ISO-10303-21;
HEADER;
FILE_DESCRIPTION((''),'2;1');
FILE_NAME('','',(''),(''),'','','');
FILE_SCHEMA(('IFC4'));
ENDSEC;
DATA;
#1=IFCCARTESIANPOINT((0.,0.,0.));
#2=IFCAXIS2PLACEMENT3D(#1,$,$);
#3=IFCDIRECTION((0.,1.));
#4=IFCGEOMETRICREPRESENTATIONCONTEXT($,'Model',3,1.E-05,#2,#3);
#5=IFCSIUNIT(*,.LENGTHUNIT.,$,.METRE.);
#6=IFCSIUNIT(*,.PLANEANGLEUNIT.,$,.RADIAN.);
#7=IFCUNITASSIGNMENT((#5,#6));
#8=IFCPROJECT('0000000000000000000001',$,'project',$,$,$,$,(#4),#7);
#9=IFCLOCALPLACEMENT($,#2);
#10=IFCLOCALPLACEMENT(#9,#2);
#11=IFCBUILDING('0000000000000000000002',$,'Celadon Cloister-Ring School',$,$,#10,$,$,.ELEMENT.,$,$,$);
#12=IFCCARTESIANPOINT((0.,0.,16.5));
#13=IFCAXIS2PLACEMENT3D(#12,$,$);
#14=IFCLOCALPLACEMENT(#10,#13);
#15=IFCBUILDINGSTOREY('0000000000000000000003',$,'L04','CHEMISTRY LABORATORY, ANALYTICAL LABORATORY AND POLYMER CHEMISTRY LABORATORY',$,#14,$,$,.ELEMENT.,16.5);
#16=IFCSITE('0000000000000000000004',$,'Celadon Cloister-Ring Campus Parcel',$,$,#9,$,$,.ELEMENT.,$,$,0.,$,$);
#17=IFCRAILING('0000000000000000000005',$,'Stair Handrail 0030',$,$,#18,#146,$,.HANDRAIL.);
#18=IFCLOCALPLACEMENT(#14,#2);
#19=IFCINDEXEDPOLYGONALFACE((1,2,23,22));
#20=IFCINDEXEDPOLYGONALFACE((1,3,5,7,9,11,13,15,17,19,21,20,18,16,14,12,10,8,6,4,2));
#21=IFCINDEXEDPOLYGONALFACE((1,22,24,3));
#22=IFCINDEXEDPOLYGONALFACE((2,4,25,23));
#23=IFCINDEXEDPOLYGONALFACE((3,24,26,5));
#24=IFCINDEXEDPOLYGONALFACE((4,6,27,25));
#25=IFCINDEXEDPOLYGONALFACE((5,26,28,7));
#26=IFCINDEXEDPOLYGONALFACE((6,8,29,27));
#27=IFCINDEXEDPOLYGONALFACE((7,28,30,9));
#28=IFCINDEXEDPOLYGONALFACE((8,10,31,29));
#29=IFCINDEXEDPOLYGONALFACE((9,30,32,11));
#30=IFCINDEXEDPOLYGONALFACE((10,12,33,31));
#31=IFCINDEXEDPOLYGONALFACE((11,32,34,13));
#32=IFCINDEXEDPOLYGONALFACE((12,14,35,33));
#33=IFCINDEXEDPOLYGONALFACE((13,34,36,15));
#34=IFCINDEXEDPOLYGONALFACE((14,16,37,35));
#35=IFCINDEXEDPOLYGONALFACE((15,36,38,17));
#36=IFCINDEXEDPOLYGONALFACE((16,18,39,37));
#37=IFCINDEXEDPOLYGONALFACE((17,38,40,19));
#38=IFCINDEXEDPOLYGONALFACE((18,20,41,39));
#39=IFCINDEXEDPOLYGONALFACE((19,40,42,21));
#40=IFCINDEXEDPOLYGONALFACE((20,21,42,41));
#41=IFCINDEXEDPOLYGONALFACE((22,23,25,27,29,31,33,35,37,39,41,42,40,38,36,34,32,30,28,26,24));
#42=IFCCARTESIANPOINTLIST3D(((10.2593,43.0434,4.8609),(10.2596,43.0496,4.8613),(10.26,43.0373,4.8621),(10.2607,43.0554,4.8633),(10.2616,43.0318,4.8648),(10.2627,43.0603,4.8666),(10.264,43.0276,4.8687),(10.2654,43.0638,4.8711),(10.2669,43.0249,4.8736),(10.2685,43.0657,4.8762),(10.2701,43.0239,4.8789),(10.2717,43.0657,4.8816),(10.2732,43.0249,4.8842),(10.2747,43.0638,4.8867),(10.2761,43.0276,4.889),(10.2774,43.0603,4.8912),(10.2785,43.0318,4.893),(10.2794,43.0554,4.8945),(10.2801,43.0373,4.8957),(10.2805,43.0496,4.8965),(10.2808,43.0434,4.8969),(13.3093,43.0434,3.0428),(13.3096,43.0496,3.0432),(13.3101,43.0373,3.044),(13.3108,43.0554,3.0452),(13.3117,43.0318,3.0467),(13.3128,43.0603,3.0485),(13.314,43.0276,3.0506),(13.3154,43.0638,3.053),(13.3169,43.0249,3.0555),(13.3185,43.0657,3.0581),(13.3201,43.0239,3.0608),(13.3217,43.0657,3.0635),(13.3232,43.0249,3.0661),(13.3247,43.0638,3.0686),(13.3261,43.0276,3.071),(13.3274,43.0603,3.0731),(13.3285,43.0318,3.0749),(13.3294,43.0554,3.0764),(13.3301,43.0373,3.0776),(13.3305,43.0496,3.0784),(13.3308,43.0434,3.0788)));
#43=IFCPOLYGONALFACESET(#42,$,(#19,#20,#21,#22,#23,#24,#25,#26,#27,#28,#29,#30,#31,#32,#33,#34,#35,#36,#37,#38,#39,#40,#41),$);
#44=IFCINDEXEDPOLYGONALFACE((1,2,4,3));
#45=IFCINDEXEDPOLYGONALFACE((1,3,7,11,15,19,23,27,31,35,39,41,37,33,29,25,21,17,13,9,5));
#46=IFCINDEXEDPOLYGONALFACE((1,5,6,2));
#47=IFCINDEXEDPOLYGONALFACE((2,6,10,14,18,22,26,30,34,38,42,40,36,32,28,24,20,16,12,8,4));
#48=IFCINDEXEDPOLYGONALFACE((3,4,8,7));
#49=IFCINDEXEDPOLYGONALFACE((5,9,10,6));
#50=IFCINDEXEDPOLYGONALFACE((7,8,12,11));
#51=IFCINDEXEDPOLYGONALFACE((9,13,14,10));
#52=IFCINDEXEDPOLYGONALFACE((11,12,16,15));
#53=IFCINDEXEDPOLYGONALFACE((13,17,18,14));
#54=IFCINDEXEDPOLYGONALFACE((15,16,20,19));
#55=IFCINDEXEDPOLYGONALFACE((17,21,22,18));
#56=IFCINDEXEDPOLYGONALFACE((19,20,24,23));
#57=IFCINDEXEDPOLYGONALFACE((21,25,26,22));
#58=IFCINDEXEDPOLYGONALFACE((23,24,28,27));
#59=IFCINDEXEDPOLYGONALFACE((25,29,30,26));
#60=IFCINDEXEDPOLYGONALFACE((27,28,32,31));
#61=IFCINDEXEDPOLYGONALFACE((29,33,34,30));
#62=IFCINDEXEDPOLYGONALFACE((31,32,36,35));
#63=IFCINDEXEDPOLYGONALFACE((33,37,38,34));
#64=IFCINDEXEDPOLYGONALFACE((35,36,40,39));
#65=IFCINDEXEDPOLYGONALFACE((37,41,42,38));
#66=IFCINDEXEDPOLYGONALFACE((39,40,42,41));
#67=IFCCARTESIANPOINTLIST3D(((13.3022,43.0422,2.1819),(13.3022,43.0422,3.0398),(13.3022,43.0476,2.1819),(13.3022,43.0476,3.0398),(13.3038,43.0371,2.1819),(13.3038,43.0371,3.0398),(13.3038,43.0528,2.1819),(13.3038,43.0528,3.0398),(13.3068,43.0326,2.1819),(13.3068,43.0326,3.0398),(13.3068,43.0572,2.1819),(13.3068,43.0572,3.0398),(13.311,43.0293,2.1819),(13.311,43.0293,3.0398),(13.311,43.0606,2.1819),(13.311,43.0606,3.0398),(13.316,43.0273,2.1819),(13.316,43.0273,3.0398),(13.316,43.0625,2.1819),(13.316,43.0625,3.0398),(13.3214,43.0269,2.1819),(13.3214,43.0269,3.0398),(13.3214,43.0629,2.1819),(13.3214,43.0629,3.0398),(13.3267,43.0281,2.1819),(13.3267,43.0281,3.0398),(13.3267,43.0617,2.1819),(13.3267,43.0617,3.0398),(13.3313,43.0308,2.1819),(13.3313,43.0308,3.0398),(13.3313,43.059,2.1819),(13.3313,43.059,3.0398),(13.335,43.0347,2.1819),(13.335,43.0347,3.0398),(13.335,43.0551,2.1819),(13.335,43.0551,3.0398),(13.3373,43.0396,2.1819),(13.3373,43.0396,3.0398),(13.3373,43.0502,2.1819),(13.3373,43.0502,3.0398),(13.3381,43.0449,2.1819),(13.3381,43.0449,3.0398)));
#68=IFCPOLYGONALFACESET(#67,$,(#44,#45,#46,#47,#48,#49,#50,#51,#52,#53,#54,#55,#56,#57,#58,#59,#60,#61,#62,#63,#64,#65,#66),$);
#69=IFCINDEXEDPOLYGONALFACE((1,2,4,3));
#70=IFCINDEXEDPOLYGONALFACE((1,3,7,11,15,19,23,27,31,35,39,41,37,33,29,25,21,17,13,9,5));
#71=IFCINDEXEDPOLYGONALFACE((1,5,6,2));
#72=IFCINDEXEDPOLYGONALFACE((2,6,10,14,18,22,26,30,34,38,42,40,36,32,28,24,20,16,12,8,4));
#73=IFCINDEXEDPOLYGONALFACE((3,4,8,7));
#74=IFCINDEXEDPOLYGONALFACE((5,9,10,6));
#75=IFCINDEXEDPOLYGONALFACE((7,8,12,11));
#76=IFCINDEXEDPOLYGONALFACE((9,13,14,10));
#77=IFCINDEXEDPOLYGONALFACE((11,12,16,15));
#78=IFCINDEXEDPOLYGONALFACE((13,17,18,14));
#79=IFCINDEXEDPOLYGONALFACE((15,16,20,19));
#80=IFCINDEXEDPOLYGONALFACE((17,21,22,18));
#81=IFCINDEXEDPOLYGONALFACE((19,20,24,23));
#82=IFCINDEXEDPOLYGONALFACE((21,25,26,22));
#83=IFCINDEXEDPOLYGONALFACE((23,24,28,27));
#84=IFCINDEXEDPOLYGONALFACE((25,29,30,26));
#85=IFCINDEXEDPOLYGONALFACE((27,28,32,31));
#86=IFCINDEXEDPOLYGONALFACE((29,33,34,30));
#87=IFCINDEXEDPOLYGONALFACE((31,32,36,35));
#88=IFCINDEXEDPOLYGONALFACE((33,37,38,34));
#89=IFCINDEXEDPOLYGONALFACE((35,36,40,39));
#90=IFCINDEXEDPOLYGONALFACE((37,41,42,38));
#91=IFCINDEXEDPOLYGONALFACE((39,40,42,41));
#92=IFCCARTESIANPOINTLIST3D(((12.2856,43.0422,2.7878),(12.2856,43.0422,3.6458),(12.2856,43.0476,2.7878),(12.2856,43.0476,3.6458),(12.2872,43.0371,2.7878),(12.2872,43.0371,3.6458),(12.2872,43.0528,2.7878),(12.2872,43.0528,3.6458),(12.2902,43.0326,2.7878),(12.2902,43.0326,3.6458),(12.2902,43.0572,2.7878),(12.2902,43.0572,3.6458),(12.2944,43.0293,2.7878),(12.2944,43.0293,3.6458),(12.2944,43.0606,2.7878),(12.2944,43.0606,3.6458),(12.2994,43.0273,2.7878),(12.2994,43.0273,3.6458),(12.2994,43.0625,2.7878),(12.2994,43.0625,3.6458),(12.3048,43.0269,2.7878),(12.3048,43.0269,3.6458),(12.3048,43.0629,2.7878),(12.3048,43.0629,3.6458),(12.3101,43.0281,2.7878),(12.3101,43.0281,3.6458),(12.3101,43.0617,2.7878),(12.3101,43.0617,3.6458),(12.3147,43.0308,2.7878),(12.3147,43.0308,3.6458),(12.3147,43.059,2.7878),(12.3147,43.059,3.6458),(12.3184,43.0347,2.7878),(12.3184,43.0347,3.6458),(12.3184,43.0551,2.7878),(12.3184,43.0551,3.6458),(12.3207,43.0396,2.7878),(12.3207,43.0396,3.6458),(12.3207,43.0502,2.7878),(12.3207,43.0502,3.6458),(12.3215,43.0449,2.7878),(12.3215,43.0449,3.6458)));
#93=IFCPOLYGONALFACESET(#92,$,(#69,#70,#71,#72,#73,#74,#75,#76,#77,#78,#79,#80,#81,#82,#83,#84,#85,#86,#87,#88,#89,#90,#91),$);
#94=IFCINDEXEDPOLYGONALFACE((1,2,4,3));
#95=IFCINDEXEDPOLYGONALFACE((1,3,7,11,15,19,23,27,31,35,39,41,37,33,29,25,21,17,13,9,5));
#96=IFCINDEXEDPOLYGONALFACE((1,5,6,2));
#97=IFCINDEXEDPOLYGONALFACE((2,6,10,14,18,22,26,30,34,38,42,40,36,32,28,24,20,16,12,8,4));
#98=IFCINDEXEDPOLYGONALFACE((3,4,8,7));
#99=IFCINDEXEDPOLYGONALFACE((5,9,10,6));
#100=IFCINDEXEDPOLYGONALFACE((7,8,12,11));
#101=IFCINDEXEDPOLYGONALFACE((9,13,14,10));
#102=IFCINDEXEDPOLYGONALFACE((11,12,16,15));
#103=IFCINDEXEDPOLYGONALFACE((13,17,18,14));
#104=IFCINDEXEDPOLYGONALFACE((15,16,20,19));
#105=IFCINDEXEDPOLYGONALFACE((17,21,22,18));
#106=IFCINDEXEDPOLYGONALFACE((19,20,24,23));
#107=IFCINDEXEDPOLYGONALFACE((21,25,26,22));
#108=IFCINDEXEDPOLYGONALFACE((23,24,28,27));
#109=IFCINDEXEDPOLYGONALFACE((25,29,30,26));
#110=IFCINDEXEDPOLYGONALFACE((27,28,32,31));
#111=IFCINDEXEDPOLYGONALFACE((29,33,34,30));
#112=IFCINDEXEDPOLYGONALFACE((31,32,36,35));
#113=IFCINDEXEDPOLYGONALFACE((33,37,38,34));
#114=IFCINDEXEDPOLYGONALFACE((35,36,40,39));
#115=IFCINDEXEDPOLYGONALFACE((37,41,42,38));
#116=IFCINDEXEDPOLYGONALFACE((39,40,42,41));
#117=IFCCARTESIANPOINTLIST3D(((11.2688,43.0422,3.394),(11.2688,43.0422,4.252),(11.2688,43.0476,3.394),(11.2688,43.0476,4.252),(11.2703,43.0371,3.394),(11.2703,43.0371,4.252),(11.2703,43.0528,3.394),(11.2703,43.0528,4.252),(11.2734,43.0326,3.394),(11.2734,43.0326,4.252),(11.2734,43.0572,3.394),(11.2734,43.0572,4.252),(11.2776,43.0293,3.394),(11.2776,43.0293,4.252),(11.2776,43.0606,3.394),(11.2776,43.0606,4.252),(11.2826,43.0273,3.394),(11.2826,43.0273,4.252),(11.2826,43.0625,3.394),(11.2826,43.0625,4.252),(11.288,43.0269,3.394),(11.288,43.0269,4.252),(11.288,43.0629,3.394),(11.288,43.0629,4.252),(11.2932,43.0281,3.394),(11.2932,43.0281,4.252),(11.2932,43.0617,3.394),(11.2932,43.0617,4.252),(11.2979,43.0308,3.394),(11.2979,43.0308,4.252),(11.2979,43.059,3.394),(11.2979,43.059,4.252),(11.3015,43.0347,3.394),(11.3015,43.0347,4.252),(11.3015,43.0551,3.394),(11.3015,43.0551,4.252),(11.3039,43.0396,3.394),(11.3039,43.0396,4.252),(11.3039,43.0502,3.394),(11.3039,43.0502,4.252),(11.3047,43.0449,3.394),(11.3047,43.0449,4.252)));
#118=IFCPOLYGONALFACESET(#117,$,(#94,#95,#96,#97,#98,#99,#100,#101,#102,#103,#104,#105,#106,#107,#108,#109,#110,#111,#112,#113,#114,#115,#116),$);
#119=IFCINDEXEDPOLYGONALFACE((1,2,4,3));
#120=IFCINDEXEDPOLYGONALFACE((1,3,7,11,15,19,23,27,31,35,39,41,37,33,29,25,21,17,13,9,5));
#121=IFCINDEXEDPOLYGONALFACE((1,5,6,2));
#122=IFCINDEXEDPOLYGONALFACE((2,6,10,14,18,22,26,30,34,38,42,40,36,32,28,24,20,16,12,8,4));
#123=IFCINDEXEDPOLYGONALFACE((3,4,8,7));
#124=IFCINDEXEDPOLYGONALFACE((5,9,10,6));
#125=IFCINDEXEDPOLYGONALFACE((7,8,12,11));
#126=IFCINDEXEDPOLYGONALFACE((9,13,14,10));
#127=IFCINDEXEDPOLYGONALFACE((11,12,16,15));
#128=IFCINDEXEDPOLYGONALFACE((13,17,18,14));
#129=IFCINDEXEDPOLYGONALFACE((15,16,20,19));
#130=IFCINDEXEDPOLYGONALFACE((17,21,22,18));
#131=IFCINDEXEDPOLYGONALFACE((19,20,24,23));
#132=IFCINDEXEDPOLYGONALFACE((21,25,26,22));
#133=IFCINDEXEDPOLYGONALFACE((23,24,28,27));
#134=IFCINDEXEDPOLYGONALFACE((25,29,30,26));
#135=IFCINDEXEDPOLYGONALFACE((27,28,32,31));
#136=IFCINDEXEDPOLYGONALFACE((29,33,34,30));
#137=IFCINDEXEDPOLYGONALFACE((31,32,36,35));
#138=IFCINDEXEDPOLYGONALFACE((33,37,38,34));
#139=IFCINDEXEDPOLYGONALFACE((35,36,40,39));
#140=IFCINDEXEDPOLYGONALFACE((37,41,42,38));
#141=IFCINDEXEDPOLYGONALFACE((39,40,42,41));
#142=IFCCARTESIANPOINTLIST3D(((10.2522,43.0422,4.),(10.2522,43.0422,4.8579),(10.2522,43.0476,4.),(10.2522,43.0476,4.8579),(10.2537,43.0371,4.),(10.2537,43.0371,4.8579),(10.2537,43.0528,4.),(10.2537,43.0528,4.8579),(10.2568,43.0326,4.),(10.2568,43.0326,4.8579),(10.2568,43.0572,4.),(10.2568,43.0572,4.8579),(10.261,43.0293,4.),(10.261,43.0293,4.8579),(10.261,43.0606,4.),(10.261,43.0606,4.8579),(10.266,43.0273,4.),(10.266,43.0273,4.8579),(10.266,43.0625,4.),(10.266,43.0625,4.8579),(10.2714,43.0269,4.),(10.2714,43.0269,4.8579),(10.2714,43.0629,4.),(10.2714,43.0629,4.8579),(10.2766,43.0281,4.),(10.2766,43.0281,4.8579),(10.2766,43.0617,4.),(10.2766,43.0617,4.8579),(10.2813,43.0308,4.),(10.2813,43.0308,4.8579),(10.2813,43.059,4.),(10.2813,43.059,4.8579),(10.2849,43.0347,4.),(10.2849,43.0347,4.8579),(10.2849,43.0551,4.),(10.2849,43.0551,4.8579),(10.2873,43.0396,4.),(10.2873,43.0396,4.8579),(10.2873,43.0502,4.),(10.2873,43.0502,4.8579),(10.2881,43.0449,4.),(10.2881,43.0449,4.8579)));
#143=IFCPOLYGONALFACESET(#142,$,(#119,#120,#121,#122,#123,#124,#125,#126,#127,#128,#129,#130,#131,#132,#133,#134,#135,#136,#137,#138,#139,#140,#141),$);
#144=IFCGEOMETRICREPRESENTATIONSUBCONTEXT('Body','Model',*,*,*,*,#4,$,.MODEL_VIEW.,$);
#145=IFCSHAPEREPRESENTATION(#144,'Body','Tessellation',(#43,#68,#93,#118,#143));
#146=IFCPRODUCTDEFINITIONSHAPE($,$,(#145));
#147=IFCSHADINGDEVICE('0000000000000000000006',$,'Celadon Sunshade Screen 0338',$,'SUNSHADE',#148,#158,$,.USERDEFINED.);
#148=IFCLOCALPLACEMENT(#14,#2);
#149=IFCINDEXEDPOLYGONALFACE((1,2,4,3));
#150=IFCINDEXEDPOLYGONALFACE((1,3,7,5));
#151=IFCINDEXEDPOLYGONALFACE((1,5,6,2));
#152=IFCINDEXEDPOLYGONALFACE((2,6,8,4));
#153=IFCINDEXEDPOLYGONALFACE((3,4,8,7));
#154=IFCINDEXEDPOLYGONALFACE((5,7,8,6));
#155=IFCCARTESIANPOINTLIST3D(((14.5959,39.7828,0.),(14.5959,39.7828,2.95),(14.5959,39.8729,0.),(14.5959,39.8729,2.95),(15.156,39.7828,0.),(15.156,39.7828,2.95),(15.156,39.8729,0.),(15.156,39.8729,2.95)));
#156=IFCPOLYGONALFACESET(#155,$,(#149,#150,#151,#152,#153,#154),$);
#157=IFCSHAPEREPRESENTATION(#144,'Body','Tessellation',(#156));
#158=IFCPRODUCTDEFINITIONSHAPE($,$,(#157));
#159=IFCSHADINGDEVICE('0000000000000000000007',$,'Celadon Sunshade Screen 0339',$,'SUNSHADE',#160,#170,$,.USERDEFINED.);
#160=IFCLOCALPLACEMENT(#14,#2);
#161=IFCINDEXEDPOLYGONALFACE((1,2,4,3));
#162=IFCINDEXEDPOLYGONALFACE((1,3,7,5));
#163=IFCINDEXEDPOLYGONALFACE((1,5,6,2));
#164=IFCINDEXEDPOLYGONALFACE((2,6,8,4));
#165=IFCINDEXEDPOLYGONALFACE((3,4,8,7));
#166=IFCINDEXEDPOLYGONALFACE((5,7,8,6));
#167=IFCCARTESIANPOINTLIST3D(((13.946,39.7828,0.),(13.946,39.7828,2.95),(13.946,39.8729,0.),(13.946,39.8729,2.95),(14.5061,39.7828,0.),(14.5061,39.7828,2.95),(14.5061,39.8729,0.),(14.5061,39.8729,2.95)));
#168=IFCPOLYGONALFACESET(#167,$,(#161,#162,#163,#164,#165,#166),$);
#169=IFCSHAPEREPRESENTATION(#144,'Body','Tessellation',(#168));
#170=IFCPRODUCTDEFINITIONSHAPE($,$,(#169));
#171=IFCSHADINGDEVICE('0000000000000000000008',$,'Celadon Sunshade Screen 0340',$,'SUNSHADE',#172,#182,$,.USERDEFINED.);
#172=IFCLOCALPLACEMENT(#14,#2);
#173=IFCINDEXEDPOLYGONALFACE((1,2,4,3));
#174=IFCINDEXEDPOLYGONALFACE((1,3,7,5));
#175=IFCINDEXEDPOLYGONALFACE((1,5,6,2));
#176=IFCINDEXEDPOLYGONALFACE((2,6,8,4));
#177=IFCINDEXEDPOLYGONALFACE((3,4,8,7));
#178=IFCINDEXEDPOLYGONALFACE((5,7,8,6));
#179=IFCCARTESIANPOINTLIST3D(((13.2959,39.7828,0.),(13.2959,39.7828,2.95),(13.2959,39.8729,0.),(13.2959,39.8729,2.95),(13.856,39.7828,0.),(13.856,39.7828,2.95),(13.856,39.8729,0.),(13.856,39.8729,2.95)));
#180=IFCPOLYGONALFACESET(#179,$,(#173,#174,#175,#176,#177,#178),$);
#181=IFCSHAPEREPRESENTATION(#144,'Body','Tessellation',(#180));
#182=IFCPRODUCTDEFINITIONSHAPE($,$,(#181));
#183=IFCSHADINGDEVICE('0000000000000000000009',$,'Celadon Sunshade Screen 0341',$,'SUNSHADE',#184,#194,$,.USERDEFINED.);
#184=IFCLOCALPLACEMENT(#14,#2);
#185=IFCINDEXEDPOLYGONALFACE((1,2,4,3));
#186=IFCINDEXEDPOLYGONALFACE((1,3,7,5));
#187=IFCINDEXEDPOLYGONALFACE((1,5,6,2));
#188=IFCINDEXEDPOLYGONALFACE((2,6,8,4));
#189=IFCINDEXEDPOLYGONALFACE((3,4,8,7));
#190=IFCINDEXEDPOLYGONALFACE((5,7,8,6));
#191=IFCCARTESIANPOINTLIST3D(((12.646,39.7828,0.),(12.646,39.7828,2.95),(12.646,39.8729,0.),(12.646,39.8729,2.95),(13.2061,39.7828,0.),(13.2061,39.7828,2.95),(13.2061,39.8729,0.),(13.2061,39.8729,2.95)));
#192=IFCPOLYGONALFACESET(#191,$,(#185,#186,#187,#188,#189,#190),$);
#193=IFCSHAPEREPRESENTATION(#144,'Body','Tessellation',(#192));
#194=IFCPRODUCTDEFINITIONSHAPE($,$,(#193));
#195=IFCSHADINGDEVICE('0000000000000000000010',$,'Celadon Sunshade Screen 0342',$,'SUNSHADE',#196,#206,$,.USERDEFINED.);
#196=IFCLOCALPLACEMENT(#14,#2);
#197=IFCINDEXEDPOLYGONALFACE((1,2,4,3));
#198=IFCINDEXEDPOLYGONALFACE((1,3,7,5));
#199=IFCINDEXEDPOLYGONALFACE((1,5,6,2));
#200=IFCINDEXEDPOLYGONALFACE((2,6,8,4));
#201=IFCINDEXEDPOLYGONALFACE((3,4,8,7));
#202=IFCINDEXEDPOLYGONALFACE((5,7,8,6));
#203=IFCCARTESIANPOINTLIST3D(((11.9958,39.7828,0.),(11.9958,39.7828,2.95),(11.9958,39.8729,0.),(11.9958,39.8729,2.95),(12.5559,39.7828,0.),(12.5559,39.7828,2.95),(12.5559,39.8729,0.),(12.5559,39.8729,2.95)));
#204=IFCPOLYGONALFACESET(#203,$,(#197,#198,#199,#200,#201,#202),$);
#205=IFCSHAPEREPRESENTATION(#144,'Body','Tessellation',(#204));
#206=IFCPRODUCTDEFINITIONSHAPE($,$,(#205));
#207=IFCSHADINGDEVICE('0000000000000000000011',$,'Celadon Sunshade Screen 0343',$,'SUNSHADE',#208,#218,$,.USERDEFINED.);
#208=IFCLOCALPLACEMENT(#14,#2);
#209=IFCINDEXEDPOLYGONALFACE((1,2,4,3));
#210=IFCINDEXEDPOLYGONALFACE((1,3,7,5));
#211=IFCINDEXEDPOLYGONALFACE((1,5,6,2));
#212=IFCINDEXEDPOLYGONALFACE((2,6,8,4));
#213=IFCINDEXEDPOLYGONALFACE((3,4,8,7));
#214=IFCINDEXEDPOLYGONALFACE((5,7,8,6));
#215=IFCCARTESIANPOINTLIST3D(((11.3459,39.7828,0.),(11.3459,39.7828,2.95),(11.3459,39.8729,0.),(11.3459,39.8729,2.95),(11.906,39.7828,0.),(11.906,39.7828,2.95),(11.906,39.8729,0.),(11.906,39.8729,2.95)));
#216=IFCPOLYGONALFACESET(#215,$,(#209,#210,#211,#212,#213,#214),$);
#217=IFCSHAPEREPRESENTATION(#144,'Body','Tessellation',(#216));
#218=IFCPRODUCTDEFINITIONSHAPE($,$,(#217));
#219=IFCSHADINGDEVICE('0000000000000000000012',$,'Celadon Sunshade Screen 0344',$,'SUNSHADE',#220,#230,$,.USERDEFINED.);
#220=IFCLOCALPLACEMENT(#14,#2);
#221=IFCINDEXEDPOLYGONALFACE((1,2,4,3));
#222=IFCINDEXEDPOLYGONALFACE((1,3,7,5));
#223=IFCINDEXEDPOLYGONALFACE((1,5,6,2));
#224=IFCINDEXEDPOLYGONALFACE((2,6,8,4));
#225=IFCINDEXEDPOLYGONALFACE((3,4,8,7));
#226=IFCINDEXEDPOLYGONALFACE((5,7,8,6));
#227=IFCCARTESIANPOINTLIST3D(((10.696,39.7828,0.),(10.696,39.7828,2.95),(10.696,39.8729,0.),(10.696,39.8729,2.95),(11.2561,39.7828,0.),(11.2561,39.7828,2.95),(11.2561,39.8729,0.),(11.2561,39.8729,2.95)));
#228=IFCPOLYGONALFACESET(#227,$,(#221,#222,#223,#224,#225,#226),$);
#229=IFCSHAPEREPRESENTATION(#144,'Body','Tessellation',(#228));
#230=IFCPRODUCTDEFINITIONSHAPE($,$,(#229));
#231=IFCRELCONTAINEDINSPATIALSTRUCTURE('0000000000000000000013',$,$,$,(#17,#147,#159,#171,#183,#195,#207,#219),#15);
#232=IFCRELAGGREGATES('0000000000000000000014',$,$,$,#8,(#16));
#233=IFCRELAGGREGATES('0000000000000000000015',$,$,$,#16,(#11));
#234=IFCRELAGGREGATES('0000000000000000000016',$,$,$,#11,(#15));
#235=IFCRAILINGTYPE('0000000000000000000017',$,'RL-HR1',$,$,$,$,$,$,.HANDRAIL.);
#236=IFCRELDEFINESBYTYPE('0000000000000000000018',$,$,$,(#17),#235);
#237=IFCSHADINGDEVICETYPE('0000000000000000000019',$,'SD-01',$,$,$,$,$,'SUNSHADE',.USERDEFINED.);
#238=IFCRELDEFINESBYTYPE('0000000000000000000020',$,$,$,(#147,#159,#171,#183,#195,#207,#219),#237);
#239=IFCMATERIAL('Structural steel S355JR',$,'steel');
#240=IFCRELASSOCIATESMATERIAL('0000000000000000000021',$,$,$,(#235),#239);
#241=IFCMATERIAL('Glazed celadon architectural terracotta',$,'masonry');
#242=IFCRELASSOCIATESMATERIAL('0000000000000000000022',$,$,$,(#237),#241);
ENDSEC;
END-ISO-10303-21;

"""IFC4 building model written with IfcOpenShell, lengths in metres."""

from ifc_helpers import new_model, si_unit, direction, frame, origin, origin_2d, place, context, subcontext, project, spatial, rectangle, circle, extrude, material, type_object, element, save


model = new_model("IFC4")

# Units and contexts
model_context = context("Model", 3, precision=1e-05, world=origin(), true_north=direction((0.0, 1.0)))
body_context = subcontext(model_context, "Body", "Model", "MODEL_VIEW")
ifc_project = project(units=[si_unit("LENGTHUNIT", "METRE"), si_unit("PLANEANGLEUNIT", "RADIAN")], contexts=[model_context])

# Site, building, storey
site_placement = place(None, origin())
site = spatial("IfcSite", under=ifc_project, at=site_placement, Name="Celadon Cloister-Ring Campus Parcel", CompositionType="ELEMENT", RefElevation=0.0)
building_placement = place(site_placement, origin())
building = spatial("IfcBuilding", under=site, at=building_placement, Name="Celadon Cloister-Ring School", CompositionType="ELEMENT")
storey_placement = place(building_placement, frame((0.0, 0.0, 16.5)))
storey = spatial("IfcBuildingStorey", under=building, at=storey_placement, Name="L04", Description="CHEMISTRY LABORATORY, ANALYTICAL LABORATORY AND POLYMER CHEMISTRY LABORATORY", CompositionType="ELEMENT", Elevation=16.5)

# Railing
ifc_material_1 = material(Name="Structural steel S355JR", Category="steel")
railing_type_1 = type_object("IfcRailingType", Name="RL-HR1", PredefinedType="HANDRAIL", material=ifc_material_1)
for number, where, name in (
    (1, (13.3201, 43.0449, 2.1819), "Stair Handrail 0030"),
):
    element("IfcRailing", number, at=place(storey_placement, frame(where)), inside=storey, type_object=railing_type_1, Name=name, PredefinedType="HANDRAIL", context=body_context, shape_type="SweptSolid", body=[
        extrude(circle(Radius=0.021, at=origin_2d()), frame((0.0, 0.0, 0.8789), z_axis=(-0.85897, 0.0, 0.512026), x_axis=(0.0, -1.0, 0.0)), (0.0, 0.0, 1.0), 3.5508),
        extrude(circle(Radius=0.0181, at=origin_2d()), origin(), (0.0, 0.0, 1.0), 0.8579),
        extrude(circle(Radius=0.0181, at=origin_2d()), frame((-1.0166, 0.0, 0.606)), (0.0, 0.0, 1.0), 0.8579),
        extrude(circle(Radius=0.0181, at=origin_2d()), frame((-2.0334, 0.0, 1.2122)), (0.0, 0.0, 1.0), 0.8579),
        extrude(circle(Radius=0.0181, at=origin_2d()), frame((-3.05, 0.0, 1.8181)), (0.0, 0.0, 1.0), 0.8579),
    ])

# Shading devices
ifc_material_2 = material(Name="Glazed celadon architectural terracotta", Category="masonry")
shading_device_type = type_object("IfcShadingDeviceType", Name="SD-01", ElementType="SUNSHADE", PredefinedType="USERDEFINED", material=ifc_material_2)
for number, where, z_axis, x_axis, name in (
    (2, (14.876, 39.8279, 0.0), (0.0, 0.0, 1.0), (-1.0, 0.0, 0.0), "Celadon Sunshade Screen 0338"),
    (3, (14.2261, 39.8279, 0.0), (0.0, 0.0, 1.0), (-1.0, 0.0, 0.0), "Celadon Sunshade Screen 0339"),
    (4, (13.5759, 39.8279, 0.0), (0.0, 0.0, 1.0), (-1.0, 0.0, 0.0), "Celadon Sunshade Screen 0340"),
    (5, (12.926, 39.8279, 0.0), (0.0, 0.0, 1.0), (-1.0, 0.0, 0.0), "Celadon Sunshade Screen 0341"),
    (6, (12.2759, 39.8279, 0.0), (0.0, 0.0, 1.0), (-1.0, 0.0, 0.0), "Celadon Sunshade Screen 0342"),
    (7, (11.626, 39.8279, 0.0), (0.0, 0.0, 1.0), (-1.0, 0.0, 0.0), "Celadon Sunshade Screen 0343"),
    (8, (10.9761, 39.8279, 0.0), (0.0, 0.0, 1.0), (-1.0, 0.0, 0.0), "Celadon Sunshade Screen 0344"),
):
    element("IfcShadingDevice", number, at=place(storey_placement, frame(where, z_axis=z_axis, x_axis=x_axis)), inside=storey, type_object=shading_device_type, Name=name, ObjectType="SUNSHADE", PredefinedType="USERDEFINED", context=body_context, shape_type="SweptSolid", body=[
        extrude(rectangle(XDim=0.5601, YDim=0.0901, at=origin_2d()), origin(), (0.0, 0.0, 1.0), 2.95),
    ])

save(model, "model.ifc")
